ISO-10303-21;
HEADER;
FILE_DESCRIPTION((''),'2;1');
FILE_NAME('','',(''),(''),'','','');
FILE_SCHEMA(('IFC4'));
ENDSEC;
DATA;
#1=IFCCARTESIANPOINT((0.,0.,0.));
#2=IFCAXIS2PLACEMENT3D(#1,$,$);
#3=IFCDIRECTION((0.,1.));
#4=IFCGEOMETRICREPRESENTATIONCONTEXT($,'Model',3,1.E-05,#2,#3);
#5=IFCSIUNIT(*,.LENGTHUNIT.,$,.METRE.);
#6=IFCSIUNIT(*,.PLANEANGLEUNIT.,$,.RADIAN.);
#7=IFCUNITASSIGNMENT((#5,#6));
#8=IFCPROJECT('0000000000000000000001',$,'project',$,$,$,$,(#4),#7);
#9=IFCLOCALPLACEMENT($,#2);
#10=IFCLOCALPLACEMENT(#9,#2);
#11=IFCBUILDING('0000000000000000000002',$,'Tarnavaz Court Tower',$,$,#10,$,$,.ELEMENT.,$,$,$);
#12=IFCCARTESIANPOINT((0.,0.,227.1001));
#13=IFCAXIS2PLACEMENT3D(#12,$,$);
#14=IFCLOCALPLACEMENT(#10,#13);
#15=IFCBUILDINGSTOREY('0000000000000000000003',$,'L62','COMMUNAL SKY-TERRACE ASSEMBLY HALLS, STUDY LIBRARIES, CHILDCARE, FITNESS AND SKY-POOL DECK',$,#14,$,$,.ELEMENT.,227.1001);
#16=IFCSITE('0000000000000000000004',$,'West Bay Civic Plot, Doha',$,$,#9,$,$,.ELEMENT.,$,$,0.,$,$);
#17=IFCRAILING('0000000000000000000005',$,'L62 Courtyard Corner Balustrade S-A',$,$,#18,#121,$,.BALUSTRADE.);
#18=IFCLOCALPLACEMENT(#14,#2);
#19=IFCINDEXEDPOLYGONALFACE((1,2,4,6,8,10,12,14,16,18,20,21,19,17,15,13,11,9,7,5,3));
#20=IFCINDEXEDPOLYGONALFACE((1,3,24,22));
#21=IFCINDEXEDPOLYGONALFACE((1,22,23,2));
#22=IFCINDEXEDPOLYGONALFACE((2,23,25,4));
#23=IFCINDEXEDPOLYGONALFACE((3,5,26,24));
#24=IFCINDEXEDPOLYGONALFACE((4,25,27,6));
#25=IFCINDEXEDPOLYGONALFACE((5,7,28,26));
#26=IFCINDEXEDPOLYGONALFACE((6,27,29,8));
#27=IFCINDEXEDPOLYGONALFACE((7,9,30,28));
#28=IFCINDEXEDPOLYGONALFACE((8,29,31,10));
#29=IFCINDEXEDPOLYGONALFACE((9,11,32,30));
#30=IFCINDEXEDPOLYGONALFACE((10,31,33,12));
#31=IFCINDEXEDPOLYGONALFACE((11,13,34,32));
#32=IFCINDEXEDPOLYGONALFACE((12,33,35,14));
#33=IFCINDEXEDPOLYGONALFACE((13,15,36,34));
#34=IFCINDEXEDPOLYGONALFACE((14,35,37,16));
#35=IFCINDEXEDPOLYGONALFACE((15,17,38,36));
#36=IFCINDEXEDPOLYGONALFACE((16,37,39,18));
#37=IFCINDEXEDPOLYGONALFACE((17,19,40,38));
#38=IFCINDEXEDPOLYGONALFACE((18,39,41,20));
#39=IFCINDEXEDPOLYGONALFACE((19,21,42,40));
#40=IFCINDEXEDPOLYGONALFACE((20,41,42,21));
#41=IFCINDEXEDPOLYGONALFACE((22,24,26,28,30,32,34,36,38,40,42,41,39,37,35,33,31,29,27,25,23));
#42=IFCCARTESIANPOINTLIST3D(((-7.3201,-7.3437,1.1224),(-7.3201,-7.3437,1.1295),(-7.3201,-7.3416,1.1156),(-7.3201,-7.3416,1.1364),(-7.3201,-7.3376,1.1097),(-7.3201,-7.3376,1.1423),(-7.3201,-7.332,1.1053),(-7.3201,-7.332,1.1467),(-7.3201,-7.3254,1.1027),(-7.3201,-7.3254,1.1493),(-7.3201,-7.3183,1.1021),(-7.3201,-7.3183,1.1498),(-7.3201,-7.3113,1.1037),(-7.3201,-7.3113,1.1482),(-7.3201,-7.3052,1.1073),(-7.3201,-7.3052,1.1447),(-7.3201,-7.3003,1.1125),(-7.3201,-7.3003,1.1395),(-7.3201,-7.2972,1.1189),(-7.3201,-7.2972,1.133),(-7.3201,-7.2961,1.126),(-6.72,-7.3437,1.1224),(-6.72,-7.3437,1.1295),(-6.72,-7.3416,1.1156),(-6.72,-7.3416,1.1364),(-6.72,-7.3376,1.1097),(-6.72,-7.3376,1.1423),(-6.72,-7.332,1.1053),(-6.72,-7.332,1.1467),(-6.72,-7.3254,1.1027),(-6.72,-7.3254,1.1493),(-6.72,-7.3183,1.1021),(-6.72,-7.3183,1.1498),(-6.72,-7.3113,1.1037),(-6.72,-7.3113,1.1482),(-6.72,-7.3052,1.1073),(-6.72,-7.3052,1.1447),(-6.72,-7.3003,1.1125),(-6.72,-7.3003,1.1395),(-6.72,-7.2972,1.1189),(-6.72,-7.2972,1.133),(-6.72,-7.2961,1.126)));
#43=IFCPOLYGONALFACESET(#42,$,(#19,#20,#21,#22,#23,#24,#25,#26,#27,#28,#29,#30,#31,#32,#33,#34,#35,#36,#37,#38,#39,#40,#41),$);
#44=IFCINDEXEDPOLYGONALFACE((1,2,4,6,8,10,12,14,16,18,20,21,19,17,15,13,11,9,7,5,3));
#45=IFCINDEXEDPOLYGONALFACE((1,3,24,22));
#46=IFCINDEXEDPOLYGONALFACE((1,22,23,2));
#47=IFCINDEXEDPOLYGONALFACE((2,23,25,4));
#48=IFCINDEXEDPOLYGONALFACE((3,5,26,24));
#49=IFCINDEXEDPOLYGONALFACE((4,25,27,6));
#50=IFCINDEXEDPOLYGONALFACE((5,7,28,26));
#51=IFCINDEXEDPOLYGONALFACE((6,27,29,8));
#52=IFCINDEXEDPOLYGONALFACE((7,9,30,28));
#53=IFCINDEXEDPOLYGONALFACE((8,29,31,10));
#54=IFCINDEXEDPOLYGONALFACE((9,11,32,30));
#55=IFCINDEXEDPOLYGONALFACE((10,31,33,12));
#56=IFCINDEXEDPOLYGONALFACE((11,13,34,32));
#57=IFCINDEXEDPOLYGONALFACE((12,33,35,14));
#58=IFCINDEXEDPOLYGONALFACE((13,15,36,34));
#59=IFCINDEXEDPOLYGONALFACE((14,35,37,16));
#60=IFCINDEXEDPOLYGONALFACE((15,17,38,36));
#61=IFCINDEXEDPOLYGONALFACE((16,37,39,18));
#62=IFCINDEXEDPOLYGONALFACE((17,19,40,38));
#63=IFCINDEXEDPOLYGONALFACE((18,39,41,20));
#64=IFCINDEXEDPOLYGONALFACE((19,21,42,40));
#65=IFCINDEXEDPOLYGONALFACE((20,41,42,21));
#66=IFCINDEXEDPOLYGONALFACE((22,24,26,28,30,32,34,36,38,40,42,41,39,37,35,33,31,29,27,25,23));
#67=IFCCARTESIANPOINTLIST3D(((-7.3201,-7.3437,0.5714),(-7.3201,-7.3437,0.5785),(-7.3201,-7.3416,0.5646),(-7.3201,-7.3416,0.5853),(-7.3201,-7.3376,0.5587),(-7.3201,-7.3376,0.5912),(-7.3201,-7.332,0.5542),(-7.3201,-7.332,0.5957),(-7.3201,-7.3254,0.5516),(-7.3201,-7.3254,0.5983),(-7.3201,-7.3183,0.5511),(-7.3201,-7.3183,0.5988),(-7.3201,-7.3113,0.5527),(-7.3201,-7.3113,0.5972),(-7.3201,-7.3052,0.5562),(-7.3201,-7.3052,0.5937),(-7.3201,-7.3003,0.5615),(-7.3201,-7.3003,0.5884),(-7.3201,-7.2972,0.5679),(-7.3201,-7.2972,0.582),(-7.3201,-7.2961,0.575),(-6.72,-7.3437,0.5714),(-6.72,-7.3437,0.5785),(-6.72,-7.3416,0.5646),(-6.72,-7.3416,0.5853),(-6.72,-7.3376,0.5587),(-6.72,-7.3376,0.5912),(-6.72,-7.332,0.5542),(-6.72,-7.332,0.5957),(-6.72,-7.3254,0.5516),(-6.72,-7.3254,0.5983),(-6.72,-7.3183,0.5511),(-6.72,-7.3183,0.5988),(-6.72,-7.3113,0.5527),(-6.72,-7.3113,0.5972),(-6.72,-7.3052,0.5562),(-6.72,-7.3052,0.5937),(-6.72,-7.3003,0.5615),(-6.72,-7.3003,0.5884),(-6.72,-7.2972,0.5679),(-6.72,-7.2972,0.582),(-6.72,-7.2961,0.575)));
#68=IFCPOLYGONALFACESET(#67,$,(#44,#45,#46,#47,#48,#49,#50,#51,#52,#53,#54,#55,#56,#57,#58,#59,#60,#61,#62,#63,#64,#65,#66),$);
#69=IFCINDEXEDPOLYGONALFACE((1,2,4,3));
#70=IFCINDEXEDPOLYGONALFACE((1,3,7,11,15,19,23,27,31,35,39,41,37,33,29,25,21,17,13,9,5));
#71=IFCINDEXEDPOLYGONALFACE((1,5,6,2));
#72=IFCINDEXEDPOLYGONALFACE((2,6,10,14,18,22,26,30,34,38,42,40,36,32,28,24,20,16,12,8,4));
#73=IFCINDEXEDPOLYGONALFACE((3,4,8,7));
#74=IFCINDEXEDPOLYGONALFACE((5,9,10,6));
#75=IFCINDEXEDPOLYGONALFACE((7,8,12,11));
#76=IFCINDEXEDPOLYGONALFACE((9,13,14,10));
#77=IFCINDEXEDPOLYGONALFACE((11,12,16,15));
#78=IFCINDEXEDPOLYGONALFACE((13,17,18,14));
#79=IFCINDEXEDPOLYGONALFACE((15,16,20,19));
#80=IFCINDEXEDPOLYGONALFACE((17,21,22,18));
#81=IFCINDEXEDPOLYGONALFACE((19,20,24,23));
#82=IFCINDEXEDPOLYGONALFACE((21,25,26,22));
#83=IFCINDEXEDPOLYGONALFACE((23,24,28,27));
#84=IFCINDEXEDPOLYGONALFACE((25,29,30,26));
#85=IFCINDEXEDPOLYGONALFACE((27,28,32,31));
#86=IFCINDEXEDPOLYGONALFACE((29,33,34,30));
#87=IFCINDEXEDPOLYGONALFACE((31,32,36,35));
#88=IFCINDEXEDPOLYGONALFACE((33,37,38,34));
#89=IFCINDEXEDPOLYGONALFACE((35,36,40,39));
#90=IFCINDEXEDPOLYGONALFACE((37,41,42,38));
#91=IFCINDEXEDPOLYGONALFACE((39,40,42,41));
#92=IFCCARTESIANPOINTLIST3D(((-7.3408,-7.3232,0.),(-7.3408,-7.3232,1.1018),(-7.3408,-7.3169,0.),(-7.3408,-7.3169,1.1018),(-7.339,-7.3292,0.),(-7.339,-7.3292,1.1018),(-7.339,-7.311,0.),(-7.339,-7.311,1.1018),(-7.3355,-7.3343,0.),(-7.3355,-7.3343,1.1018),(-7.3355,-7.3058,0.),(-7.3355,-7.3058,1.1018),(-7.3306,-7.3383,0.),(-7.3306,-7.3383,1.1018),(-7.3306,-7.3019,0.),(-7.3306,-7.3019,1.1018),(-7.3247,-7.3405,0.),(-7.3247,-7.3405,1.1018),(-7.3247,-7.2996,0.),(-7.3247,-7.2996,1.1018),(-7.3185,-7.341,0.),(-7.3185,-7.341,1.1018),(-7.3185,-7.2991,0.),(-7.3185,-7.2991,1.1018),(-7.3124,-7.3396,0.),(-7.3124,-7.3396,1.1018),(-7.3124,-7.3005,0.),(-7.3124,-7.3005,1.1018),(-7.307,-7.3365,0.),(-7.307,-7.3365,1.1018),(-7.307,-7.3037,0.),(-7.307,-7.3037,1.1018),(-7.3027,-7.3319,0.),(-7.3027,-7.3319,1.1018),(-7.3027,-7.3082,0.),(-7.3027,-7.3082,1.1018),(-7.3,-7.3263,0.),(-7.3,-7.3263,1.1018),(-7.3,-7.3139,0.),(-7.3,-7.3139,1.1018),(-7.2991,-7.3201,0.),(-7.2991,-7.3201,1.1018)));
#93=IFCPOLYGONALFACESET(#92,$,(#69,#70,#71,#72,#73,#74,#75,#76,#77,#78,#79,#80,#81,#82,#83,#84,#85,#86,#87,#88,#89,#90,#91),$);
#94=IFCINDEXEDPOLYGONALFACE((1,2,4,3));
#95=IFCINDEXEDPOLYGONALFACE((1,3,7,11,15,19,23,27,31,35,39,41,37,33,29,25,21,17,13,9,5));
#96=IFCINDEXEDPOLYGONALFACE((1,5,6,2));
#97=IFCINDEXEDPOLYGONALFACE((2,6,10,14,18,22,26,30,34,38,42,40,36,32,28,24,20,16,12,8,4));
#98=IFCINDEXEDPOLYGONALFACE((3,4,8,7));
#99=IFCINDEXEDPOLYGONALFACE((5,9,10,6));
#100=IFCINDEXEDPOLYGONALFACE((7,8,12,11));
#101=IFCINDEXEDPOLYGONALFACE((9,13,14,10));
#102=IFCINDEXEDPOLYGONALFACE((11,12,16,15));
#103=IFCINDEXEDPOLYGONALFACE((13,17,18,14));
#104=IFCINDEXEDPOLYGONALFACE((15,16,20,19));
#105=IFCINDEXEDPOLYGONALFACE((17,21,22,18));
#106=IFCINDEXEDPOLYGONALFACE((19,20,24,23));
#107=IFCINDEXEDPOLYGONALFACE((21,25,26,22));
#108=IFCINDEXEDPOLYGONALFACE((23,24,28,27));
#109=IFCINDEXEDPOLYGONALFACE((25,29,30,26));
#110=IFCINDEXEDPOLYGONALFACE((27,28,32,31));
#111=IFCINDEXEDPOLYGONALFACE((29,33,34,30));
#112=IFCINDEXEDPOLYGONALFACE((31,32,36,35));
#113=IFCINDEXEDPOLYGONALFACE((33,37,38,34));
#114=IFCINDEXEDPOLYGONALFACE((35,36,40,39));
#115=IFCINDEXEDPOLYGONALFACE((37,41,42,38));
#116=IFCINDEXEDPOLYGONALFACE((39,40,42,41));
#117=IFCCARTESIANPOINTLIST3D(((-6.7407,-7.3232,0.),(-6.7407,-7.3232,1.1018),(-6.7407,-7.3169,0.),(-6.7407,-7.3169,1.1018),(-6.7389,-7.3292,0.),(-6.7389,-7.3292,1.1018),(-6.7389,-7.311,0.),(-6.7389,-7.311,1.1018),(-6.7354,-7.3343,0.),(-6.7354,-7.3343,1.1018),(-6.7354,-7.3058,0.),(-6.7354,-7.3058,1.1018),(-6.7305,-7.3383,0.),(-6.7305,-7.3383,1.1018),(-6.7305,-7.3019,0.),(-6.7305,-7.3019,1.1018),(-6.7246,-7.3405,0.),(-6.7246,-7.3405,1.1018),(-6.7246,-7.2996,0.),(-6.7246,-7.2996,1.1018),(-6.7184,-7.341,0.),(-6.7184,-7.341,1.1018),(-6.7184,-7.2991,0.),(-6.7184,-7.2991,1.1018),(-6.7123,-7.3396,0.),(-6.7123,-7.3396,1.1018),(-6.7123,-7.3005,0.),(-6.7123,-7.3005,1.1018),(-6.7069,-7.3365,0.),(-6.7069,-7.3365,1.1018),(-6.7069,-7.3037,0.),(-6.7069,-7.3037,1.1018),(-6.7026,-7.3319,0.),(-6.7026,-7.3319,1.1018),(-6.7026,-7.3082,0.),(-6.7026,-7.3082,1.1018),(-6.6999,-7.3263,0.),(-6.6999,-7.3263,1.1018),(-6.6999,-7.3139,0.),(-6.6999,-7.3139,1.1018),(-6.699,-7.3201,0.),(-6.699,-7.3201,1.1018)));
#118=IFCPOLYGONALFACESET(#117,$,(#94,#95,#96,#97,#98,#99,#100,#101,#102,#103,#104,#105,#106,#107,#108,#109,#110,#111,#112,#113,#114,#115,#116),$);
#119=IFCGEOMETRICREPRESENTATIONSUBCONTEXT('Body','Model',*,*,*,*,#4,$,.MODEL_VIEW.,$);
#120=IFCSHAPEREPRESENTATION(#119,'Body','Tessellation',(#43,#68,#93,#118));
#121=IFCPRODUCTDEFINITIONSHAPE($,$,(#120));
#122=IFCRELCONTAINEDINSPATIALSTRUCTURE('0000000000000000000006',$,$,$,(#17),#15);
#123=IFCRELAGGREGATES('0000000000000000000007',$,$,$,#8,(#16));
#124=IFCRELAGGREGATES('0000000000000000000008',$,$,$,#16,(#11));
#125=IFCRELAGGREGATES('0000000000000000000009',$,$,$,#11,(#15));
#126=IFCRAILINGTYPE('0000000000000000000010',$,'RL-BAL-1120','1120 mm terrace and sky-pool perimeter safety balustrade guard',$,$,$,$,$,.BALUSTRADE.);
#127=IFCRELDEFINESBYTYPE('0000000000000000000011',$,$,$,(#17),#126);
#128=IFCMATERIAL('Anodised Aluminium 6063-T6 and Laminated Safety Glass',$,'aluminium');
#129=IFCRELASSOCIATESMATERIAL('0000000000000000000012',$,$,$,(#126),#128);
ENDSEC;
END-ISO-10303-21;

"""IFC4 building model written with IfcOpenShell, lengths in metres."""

from ifc_helpers import new_model, si_unit, direction, frame, origin, origin_2d, place, context, subcontext, project, spatial, circle, extrude, material, type_object, element, save


model = new_model("IFC4")

# Units and contexts
model_context = context("Model", 3, precision=1e-05, world=origin(), true_north=direction((0.0, 1.0)))
body_context = subcontext(model_context, "Body", "Model", "MODEL_VIEW")
ifc_project = project(units=[si_unit("LENGTHUNIT", "METRE"), si_unit("PLANEANGLEUNIT", "RADIAN")], contexts=[model_context])

# Site, building, storey
site_placement = place(None, origin())
site = spatial("IfcSite", under=ifc_project, at=site_placement, Name="West Bay Civic Plot, Doha", CompositionType="ELEMENT", RefElevation=0.0)
building_placement = place(site_placement, origin())
building = spatial("IfcBuilding", under=site, at=building_placement, Name="Tarnavaz Court Tower", CompositionType="ELEMENT")
storey_placement = place(building_placement, frame((0.0, 0.0, 227.1001)))
storey = spatial("IfcBuildingStorey", under=building, at=storey_placement, Name="L62", Description="COMMUNAL SKY-TERRACE ASSEMBLY HALLS, STUDY LIBRARIES, CHILDCARE, FITNESS AND SKY-POOL DECK", CompositionType="ELEMENT", Elevation=227.1001)

# Railing
ifc_material_1 = material(Name="Anodised Aluminium 6063-T6 and Laminated Safety Glass", Category="aluminium")
railing_type = type_object("IfcRailingType", Name="RL-BAL-1120", Description="1120 mm terrace and sky-pool perimeter safety balustrade guard", PredefinedType="BALUSTRADE", material=ifc_material_1)
railing_placement = place(storey_placement, frame((-7.3201, -7.3201, 0.0)))
element("IfcRailing", 1, at=railing_placement, inside=storey, type_object=railing_type, Name="L62 Courtyard Corner Balustrade S-A", PredefinedType="BALUSTRADE", context=body_context, shape_type="SweptSolid", body=[
    extrude(circle(Radius=0.0239, at=origin_2d()), frame((0.0, 0.0, 1.126), z_axis=(1.0, 0.0, 0.0), x_axis=(0.0, 1.0, 0.0)), (0.0, 0.0, 1.0), 0.6001),
    extrude(circle(Radius=0.0239, at=origin_2d()), frame((0.0, 0.0, 0.575), z_axis=(1.0, 0.0, 0.0), x_axis=(0.0, 1.0, 0.0)), (0.0, 0.0, 1.0), 0.6001),
    extrude(circle(Radius=0.021, at=origin_2d()), origin(), (0.0, 0.0, 1.0), 1.1018),
    extrude(circle(Radius=0.021, at=origin_2d()), frame((0.6001, 0.0, 0.0)), (0.0, 0.0, 1.0), 1.1018),
])

save(model, "model.ifc")
